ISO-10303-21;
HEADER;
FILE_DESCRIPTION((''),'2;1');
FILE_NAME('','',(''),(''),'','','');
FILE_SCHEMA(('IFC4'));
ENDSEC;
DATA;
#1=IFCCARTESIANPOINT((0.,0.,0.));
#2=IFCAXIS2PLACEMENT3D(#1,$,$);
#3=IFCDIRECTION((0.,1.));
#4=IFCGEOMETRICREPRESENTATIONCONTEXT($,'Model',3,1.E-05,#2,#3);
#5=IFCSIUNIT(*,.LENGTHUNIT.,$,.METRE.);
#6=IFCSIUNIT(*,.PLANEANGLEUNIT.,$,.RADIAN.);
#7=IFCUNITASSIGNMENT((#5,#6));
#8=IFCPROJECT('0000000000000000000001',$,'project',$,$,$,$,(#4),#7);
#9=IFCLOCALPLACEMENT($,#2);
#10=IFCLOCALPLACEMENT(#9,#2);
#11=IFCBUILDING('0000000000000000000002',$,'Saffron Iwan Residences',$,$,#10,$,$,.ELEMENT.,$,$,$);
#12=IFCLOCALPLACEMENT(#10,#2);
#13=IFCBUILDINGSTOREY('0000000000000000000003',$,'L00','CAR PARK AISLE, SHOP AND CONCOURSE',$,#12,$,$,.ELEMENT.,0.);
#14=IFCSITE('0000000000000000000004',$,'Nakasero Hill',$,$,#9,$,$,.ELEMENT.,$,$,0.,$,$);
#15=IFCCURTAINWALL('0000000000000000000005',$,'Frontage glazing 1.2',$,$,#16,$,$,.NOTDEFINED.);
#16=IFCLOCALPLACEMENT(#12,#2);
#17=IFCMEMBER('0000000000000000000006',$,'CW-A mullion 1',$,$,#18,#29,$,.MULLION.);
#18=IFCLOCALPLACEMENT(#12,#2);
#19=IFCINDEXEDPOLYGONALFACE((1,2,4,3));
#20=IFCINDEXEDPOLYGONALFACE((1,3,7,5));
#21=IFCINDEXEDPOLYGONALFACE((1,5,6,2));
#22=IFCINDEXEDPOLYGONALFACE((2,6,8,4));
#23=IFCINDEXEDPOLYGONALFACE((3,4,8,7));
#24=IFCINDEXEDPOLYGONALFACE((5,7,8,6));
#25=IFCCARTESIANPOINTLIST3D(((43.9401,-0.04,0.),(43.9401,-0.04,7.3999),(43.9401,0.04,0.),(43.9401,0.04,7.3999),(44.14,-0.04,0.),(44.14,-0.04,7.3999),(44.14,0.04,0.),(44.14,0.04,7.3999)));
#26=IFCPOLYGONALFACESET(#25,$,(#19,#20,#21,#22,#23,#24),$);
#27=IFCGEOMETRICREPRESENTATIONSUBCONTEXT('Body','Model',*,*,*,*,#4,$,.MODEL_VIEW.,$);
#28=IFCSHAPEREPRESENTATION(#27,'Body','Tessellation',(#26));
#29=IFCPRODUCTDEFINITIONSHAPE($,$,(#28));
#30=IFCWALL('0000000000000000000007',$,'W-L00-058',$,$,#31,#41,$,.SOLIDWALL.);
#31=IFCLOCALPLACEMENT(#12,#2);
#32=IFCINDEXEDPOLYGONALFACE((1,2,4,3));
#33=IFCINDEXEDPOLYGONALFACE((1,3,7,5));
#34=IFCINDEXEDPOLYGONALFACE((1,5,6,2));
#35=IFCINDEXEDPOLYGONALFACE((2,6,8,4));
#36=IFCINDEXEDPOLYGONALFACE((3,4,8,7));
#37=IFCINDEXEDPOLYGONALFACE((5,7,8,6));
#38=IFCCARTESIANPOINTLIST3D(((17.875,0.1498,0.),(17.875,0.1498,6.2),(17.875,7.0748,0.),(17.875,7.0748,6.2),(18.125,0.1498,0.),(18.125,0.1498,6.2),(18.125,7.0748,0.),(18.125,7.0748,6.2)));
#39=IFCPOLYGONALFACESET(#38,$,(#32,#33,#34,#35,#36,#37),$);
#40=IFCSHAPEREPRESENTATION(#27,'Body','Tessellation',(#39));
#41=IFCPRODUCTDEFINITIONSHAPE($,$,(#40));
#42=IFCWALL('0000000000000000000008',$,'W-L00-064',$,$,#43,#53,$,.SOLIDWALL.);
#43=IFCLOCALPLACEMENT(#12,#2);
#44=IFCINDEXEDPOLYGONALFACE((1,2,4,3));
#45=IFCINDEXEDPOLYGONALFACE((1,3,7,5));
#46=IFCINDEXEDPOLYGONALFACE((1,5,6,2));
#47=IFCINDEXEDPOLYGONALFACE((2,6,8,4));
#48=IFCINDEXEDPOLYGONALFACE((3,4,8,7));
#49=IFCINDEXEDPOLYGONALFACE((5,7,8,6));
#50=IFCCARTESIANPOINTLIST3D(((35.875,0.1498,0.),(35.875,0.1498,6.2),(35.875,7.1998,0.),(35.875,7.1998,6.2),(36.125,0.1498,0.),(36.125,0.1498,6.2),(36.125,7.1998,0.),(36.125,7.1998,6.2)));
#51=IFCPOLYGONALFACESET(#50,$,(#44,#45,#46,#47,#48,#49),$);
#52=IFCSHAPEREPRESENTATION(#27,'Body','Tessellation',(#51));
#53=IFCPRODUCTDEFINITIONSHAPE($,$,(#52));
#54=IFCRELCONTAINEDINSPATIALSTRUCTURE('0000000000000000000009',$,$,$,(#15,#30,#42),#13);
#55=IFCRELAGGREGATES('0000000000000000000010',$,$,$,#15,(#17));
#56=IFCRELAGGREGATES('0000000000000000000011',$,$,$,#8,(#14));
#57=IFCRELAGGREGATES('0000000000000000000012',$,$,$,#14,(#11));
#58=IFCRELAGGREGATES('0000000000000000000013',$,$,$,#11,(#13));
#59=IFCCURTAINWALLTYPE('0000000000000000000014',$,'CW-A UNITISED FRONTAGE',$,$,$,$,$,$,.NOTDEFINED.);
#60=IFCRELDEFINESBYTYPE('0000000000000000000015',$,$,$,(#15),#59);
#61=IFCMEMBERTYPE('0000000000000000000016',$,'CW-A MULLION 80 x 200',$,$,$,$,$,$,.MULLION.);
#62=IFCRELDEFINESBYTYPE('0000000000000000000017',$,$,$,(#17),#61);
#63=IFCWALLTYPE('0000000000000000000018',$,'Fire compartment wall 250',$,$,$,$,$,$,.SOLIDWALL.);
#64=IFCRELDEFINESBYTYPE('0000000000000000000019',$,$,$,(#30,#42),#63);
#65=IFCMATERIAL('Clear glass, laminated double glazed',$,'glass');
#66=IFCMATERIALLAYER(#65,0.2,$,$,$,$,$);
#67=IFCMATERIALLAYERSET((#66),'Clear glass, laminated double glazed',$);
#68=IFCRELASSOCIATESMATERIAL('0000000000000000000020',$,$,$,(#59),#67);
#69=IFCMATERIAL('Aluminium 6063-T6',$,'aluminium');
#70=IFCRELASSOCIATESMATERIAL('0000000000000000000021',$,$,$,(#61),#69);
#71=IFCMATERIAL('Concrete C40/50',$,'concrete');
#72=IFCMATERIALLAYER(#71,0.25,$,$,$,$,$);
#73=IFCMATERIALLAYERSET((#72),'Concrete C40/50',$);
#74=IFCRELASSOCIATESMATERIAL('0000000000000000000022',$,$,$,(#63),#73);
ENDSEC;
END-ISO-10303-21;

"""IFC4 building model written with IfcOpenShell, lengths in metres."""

from ifc_helpers import new_model, si_unit, direction, frame, frame_2d, origin, origin_2d, place, context, subcontext, project, spatial, rectangle, extrude, source, transform, mapped, material, layer, layer_set, material_profile, profile_set, type_object, element, aggregate, save


model = new_model("IFC4")

# Units and contexts
model_context = context("Model", 3, precision=1e-05, world=origin(), true_north=direction((0.0, 1.0)))
body_context = subcontext(model_context, "Body", "Model", "MODEL_VIEW")
ifc_project = project(units=[si_unit("LENGTHUNIT", "METRE"), si_unit("PLANEANGLEUNIT", "RADIAN")], contexts=[model_context])

# Site, building, storey
site_placement = place(None, origin())
site = spatial("IfcSite", under=ifc_project, at=site_placement, Name="Nakasero Hill", CompositionType="ELEMENT", RefElevation=0.0)
building_placement = place(site_placement, origin())
building = spatial("IfcBuilding", under=site, at=building_placement, Name="Saffron Iwan Residences", CompositionType="ELEMENT")
storey_placement = place(building_placement, origin())
storey = spatial("IfcBuildingStorey", under=building, at=storey_placement, Name="L00", Description="CAR PARK AISLE, SHOP AND CONCOURSE", CompositionType="ELEMENT", Elevation=0.0)

# Curtain wall, member
ifc_material_1 = material(Name="Clear glass, laminated double glazed", Category="glass")
ifc_layer_1 = layer(ifc_material_1, 0.2)
ifc_layer_set_1 = layer_set([ifc_layer_1], Name="Clear glass, laminated double glazed")
curtain_wall_type = type_object("IfcCurtainWallType", Name="CW-A UNITISED FRONTAGE", PredefinedType="NOTDEFINED", material=ifc_layer_set_1)
curtain_wall_placement = place(storey_placement, origin())
curtain_wall = element("IfcCurtainWall", 1, at=curtain_wall_placement, inside=storey, type_object=curtain_wall_type, Name="Frontage glazing 1.2", PredefinedType="NOTDEFINED")
ifc_material_2 = material(Name="Aluminium 6063-T6", Category="aluminium")
ifc_material_profile_1 = material_profile(ifc_material_2, rectangle(XDim=0.0801, YDim=0.2, at=origin_2d()), Name="CW-A MULLION 80 x 200")
ifc_profile_set_1 = profile_set([ifc_material_profile_1], Name="Aluminium 6063-T6")
member_type = type_object("IfcMemberType", Name="CW-A MULLION 80 x 200", PredefinedType="MULLION", material=ifc_profile_set_1)
shared_shape_1 = source(origin(), body_context, "Body", "SweptSolid", [
    extrude(rectangle(XDim=0.0801, YDim=0.2, at=origin_2d()), origin(), (0.0, 0.0, 1.0), 7.3999),
])
member_placement = place(storey_placement, frame((44.04, 0.0, 0.0), z_axis=(0.0, 0.0, 1.0), x_axis=(0.0, 1.0, 0.0)))
member = element("IfcMember", 2, at=member_placement, type_object=member_type, Name="CW-A mullion 1", PredefinedType="MULLION", context=body_context, shape_type="MappedRepresentation", body=[
    mapped(shared_shape_1, transform((0.0, 0.0, 0.0))),
])
aggregate(curtain_wall, [member])

# Walls
ifc_material_3 = material(Name="Concrete C40/50", Category="concrete")
ifc_layer_2 = layer(ifc_material_3, 0.25)
ifc_layer_set_2 = layer_set([ifc_layer_2], Name="Concrete C40/50")
wall_type = type_object("IfcWallType", Name="Fire compartment wall 250", PredefinedType="SOLIDWALL", material=ifc_layer_set_2)
wall_1_placement = place(storey_placement, frame((18.0, 0.1499, 0.0), z_axis=(0.0, 0.0, 1.0), x_axis=(0.0, 1.0, 0.0)))
element("IfcWall", 3, at=wall_1_placement, inside=storey, type_object=wall_type, Name="W-L00-058", PredefinedType="SOLIDWALL", context=body_context, shape_type="SweptSolid", body=[
    extrude(rectangle(XDim=6.925, YDim=0.25, at=frame_2d((3.4624, 0.0))), origin(), (0.0, 0.0, 1.0), 6.2),
])
wall_2_placement = place(storey_placement, frame((36.0, 0.1499, 0.0), z_axis=(0.0, 0.0, 1.0), x_axis=(0.0, 1.0, 0.0)))
element("IfcWall", 4, at=wall_2_placement, inside=storey, type_object=wall_type, Name="W-L00-064", PredefinedType="SOLIDWALL", context=body_context, shape_type="SweptSolid", body=[
    extrude(rectangle(XDim=7.05, YDim=0.25, at=frame_2d((3.5249, 0.0))), origin(), (0.0, 0.0, 1.0), 6.2),
])

save(model, "model.ifc")
